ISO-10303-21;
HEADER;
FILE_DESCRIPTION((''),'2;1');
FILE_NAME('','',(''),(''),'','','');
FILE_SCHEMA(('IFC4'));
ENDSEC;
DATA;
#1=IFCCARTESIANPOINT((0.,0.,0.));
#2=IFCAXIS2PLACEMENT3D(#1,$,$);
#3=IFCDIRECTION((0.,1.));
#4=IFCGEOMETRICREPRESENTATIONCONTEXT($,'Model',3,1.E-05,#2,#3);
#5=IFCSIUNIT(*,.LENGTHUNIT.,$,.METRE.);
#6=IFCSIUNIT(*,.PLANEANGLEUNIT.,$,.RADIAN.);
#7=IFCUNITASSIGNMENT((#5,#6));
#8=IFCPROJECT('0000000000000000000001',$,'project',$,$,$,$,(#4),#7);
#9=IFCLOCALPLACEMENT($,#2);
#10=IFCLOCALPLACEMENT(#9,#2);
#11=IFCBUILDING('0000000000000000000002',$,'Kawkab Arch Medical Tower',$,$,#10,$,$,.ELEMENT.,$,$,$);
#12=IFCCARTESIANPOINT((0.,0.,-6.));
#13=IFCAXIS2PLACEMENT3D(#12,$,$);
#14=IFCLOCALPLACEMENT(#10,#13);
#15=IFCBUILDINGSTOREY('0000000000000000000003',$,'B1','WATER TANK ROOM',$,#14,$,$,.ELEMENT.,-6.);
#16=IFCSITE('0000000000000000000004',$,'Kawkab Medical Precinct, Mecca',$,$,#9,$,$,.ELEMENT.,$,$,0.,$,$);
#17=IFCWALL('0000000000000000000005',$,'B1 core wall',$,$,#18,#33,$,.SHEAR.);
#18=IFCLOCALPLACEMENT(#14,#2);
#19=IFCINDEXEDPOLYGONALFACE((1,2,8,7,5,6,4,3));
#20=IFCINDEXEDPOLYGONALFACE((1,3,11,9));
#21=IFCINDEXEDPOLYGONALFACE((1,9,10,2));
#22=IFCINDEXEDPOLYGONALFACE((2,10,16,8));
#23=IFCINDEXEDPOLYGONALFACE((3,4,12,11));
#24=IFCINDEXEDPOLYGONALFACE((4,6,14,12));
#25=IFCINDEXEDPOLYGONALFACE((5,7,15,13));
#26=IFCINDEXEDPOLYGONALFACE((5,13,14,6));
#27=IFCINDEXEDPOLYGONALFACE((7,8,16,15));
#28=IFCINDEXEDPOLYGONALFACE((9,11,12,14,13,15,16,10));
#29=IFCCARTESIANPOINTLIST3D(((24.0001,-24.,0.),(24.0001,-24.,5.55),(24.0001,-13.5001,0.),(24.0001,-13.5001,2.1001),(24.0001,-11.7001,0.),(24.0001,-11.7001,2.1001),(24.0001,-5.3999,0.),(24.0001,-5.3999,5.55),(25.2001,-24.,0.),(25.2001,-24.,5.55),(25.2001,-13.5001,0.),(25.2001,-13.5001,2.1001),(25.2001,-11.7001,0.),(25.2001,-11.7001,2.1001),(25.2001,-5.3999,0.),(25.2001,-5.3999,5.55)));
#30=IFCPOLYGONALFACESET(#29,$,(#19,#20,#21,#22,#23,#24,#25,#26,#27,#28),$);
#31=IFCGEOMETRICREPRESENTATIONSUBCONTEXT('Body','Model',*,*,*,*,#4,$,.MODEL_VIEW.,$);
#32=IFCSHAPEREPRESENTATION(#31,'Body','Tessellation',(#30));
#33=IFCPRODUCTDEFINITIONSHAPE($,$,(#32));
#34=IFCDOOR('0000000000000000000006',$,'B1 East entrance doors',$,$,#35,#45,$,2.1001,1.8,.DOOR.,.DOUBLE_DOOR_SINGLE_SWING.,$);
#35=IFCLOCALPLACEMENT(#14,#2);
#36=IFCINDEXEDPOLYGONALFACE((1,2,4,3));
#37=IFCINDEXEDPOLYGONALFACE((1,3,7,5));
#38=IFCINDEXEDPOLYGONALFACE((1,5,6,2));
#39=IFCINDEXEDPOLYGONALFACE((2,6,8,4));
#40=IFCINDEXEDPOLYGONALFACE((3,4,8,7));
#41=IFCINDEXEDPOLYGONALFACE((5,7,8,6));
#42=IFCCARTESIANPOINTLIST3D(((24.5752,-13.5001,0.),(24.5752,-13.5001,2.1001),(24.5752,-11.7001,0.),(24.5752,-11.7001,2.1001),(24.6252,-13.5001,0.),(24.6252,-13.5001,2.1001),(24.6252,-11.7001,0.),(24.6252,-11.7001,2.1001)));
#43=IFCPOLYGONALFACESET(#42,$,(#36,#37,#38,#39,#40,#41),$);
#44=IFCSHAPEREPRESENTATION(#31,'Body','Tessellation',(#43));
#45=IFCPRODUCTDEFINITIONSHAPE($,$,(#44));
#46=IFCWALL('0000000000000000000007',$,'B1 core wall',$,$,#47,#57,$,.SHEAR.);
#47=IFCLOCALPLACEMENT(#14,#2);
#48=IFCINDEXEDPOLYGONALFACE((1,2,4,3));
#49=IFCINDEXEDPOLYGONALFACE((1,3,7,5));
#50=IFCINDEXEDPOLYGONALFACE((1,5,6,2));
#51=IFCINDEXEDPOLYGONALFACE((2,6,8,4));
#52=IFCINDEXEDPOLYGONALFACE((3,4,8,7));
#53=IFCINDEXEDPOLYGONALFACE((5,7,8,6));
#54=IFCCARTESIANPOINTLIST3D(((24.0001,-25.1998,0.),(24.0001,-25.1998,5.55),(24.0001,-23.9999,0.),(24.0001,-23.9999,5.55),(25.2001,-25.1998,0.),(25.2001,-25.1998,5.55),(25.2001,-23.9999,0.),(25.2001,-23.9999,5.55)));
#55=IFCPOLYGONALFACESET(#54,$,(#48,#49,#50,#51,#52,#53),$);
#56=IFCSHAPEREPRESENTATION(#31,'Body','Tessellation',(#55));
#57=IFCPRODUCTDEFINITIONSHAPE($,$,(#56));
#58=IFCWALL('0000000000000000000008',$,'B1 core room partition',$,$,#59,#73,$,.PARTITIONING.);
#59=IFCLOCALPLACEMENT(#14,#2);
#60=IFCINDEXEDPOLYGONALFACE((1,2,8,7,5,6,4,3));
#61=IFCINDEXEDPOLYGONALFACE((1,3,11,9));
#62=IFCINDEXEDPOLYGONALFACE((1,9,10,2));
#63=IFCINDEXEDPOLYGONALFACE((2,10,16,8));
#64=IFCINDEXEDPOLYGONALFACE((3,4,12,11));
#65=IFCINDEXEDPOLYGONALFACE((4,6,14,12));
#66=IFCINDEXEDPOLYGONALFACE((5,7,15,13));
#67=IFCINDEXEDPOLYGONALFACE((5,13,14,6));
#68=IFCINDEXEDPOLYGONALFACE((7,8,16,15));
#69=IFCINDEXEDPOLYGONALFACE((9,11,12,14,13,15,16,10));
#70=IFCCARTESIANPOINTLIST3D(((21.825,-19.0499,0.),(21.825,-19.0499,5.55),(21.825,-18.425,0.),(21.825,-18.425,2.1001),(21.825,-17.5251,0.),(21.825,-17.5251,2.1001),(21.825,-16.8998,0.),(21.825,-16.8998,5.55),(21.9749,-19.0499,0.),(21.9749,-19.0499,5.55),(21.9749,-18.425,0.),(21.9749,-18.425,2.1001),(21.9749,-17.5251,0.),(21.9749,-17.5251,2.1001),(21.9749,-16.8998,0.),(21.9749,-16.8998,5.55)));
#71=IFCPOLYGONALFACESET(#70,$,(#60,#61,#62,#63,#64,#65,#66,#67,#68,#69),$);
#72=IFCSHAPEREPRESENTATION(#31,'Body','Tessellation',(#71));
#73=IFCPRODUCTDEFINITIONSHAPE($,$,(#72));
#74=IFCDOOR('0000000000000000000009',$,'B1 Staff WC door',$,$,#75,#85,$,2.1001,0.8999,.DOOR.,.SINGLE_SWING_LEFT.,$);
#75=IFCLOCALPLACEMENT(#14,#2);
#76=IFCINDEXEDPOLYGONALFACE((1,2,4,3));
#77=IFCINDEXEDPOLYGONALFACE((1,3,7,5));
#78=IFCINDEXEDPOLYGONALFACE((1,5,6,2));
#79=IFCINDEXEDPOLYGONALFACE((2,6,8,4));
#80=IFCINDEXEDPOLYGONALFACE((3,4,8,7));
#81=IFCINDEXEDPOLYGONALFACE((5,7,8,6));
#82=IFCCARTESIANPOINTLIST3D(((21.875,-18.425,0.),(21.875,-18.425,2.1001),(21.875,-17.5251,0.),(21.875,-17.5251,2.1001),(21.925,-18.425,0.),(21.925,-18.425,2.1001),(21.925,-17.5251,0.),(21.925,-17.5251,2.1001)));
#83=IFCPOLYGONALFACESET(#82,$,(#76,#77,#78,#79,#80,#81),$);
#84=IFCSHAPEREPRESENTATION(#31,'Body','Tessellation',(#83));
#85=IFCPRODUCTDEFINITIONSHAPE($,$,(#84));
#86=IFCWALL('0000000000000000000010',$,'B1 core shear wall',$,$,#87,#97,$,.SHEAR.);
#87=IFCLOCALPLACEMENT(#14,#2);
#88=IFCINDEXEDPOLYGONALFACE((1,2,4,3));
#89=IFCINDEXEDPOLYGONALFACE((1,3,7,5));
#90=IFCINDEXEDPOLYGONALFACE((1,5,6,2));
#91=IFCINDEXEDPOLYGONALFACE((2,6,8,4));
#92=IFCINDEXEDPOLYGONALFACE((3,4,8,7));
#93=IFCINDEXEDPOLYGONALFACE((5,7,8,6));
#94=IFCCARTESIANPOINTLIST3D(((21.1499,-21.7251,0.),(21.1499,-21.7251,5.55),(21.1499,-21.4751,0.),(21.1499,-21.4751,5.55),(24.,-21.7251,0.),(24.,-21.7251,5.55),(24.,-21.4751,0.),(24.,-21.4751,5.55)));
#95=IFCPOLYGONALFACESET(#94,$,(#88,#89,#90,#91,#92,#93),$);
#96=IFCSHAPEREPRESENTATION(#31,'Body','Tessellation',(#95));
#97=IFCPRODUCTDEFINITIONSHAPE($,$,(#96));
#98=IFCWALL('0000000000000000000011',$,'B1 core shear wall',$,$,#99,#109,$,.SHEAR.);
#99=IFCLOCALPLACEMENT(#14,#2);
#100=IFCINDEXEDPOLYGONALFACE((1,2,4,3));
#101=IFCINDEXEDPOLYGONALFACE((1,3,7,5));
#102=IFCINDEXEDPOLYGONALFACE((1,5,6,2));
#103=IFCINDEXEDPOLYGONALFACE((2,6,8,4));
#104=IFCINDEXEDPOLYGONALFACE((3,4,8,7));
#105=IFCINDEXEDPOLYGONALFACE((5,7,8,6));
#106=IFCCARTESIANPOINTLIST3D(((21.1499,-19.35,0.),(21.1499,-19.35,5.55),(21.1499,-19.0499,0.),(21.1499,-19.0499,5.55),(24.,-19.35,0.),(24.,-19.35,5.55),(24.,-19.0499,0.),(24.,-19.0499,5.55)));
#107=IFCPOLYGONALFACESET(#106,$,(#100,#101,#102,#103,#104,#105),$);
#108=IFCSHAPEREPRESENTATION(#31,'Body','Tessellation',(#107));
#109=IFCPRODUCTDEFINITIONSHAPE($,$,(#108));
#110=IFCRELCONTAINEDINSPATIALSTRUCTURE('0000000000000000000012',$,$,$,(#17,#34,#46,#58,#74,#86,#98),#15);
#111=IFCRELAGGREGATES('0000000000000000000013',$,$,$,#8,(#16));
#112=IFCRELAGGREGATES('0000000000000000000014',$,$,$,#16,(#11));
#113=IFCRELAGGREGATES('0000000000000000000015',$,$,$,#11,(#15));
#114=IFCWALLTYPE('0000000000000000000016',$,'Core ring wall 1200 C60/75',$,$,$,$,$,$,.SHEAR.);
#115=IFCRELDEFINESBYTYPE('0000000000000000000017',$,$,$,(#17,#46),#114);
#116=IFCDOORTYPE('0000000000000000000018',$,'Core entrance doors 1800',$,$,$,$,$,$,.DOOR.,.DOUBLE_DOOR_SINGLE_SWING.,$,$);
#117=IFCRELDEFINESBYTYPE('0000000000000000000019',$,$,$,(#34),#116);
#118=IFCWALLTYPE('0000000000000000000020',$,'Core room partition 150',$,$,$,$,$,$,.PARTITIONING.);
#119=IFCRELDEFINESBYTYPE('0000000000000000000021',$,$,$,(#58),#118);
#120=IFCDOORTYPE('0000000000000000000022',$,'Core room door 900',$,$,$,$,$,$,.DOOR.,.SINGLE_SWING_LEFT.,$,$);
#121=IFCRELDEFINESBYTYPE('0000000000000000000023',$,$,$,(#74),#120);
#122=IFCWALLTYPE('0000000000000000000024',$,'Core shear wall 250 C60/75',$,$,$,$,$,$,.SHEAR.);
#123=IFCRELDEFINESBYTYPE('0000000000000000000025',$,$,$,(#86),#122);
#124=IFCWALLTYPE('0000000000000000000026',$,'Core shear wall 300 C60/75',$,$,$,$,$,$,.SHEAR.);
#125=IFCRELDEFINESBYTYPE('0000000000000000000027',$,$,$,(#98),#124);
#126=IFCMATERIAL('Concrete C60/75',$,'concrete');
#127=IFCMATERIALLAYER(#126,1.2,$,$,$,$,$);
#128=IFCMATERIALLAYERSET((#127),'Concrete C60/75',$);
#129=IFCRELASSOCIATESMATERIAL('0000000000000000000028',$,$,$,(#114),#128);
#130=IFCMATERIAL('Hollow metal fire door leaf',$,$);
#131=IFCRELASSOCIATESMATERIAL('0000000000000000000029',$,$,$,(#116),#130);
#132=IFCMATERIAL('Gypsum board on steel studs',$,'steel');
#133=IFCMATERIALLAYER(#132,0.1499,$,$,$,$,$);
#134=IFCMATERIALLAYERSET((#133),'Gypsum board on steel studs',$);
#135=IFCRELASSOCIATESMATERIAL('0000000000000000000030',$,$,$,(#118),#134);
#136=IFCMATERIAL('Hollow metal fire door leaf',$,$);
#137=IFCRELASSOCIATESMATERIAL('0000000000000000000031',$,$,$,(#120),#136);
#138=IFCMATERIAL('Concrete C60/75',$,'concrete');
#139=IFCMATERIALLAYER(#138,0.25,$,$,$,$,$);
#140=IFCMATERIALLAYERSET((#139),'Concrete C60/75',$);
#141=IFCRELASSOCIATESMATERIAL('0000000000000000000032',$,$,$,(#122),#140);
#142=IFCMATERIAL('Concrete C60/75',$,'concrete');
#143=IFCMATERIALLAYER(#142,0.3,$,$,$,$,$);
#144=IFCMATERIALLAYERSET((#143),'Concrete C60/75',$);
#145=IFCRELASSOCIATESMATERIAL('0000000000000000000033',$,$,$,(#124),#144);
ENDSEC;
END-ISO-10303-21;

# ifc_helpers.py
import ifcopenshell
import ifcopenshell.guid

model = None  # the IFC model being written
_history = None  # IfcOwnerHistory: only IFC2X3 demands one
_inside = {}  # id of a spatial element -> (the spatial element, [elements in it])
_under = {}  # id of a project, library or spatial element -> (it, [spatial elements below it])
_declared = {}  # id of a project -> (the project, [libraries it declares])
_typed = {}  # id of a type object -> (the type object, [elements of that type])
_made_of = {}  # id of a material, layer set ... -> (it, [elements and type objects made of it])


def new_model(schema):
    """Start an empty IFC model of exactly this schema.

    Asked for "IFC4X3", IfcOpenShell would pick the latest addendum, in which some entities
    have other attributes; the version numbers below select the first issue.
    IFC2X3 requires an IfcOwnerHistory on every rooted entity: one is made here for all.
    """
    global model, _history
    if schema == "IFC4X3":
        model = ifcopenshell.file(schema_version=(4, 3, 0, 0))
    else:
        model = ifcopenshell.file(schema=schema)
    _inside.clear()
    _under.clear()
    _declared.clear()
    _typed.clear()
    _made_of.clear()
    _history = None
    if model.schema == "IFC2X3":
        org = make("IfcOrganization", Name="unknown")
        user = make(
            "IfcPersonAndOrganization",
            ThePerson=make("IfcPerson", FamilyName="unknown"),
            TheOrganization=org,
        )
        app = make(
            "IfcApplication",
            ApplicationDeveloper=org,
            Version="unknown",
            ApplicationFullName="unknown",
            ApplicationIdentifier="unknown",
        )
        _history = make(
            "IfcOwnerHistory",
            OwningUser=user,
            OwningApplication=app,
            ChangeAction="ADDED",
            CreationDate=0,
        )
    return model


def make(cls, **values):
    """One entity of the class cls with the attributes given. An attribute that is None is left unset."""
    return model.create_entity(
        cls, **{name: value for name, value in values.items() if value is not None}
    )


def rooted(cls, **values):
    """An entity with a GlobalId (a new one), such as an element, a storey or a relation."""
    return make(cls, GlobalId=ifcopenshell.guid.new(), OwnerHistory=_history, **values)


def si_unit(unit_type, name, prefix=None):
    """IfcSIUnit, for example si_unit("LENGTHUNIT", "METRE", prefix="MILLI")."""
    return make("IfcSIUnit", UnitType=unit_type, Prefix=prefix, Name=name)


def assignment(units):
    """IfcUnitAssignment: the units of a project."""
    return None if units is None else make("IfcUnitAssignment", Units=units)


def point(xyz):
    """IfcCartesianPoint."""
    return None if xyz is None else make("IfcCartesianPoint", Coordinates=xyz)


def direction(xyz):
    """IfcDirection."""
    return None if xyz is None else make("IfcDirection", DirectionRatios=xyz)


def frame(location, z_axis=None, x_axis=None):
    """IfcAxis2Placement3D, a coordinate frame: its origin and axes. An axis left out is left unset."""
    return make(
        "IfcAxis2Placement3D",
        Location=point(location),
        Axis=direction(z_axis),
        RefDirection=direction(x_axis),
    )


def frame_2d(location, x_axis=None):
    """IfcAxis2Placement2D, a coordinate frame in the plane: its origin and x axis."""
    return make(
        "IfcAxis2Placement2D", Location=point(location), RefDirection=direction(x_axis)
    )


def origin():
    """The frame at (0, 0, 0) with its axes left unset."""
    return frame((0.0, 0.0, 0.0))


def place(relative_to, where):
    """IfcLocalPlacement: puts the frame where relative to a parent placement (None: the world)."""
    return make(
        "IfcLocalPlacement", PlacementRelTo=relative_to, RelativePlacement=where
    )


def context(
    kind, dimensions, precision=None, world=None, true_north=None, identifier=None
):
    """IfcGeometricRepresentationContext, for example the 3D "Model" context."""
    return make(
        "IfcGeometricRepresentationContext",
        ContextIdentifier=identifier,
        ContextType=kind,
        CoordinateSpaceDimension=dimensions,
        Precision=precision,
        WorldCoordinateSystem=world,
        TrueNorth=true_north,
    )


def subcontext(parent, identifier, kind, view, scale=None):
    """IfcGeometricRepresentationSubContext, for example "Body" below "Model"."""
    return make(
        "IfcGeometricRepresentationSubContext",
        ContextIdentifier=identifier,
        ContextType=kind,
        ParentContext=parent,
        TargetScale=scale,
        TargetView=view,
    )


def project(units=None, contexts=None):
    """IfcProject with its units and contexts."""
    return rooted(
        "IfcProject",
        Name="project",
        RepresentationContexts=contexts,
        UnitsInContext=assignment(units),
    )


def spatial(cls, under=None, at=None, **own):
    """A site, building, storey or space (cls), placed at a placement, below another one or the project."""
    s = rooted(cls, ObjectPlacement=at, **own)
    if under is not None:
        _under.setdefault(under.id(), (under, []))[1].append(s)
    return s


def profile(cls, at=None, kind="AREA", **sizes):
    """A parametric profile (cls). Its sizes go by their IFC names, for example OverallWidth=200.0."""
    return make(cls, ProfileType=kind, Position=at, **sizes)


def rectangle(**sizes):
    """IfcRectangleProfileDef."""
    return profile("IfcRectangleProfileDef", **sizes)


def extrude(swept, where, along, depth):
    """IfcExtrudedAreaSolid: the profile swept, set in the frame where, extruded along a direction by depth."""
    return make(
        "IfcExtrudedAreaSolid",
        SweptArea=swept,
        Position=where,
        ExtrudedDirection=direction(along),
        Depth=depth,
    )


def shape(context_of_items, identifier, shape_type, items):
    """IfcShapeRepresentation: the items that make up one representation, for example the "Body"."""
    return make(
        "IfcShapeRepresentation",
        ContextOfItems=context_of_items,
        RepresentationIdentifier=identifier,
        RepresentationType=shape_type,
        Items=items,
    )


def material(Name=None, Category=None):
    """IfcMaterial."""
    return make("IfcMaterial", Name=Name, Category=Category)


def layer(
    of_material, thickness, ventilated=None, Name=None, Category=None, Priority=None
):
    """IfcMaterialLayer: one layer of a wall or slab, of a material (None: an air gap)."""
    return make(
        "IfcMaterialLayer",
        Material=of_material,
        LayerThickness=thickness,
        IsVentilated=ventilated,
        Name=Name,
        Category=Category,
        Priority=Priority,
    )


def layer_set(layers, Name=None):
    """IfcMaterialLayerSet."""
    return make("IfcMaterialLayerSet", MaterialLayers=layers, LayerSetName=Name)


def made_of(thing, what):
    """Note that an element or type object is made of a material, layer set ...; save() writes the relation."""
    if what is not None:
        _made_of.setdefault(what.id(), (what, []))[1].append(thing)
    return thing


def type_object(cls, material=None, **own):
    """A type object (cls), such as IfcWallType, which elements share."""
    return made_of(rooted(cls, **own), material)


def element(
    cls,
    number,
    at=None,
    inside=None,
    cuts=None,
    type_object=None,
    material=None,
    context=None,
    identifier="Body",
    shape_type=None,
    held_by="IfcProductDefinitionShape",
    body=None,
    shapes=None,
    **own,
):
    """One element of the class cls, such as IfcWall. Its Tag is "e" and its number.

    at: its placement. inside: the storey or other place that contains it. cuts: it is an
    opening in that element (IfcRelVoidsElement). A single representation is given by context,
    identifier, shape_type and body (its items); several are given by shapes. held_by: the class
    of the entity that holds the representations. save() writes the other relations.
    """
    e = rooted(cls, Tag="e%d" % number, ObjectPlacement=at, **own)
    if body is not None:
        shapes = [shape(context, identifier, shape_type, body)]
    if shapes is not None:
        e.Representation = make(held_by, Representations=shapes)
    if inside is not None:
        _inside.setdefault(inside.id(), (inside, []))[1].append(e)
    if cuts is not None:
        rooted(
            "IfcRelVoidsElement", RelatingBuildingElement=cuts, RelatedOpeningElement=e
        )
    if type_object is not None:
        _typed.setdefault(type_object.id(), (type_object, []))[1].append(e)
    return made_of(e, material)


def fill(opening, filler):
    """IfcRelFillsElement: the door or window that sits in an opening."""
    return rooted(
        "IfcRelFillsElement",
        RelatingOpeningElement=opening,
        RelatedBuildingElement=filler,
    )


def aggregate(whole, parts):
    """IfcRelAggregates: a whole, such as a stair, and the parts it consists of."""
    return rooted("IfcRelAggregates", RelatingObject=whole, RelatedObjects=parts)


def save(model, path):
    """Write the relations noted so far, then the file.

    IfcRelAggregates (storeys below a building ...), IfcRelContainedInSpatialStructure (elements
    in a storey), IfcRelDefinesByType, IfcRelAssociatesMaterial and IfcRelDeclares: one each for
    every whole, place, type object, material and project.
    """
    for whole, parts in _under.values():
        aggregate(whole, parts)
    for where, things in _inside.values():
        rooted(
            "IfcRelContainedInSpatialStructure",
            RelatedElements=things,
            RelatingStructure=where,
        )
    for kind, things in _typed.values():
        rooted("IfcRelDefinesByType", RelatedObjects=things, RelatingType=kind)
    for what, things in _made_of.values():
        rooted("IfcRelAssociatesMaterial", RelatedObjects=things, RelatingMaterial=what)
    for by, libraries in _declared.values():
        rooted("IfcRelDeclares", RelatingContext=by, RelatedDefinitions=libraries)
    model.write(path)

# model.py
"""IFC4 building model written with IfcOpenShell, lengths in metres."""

from ifc_helpers import new_model, si_unit, direction, frame, frame_2d, origin, place, context, subcontext, project, spatial, rectangle, extrude, material, layer, layer_set, type_object, element, fill, save


model = new_model("IFC4")

# Units and contexts
model_context = context("Model", 3, precision=1e-05, world=origin(), true_north=direction((0.0, 1.0)))
body_context = subcontext(model_context, "Body", "Model", "MODEL_VIEW")
ifc_project = project(units=[si_unit("LENGTHUNIT", "METRE"), si_unit("PLANEANGLEUNIT", "RADIAN")], contexts=[model_context])

# Site, building, storey
site_placement = place(None, origin())
site = spatial("IfcSite", under=ifc_project, at=site_placement, Name="Kawkab Medical Precinct, Mecca", CompositionType="ELEMENT", RefElevation=0.0)
building_placement = place(site_placement, origin())
building = spatial("IfcBuilding", under=site, at=building_placement, Name="Kawkab Arch Medical Tower", CompositionType="ELEMENT")
storey_placement = place(building_placement, frame((0.0, 0.0, -6.0)))
storey = spatial("IfcBuildingStorey", under=building, at=storey_placement, Name="B1", Description="WATER TANK ROOM", CompositionType="ELEMENT", Elevation=-6.0)

# Wall, opening, door
ifc_material_1 = material(Name="Concrete C60/75", Category="concrete")
ifc_layer_1 = layer(ifc_material_1, 1.2)
ifc_layer_set_1 = layer_set([ifc_layer_1], Name="Concrete C60/75")
wall_type_1 = type_object("IfcWallType", Name="Core ring wall 1200 C60/75", PredefinedType="SHEAR", material=ifc_layer_set_1)
wall_1_placement = place(storey_placement, frame((24.6001, -24.0, 0.0), z_axis=(0.0, 0.0, 1.0), x_axis=(0.0, 1.0, 0.0)))
wall_1 = element("IfcWall", 1, at=wall_1_placement, inside=storey, type_object=wall_type_1, Name="B1 core wall", PredefinedType="SHEAR", context=body_context, shape_type="SweptSolid", body=[
    extrude(rectangle(XDim=18.6001, YDim=1.2, at=frame_2d((9.3, 0.0))), origin(), (0.0, 0.0, 1.0), 5.55),
])
opening_1_placement = place(wall_1_placement, frame((10.5, 0.0, 0.0)))
opening_1 = element("IfcOpeningElement", 2, at=opening_1_placement, cuts=wall_1, PredefinedType="OPENING", context=body_context, shape_type="SweptSolid", body=[
    extrude(rectangle(XDim=1.8, YDim=2.1001, at=frame_2d((0.8999, 1.05))), frame((0.0, 0.6099, 0.0), z_axis=(0.0, -1.0, 0.0), x_axis=(1.0, 0.0, 0.0)), (0.0, 0.0, 1.0), 1.22),
])
ifc_material_2 = material(Name="Hollow metal fire door leaf")
door_type_1 = type_object("IfcDoorType", Name="Core entrance doors 1800", OperationType="DOUBLE_DOOR_SINGLE_SWING", PredefinedType="DOOR", material=ifc_material_2)
door_1_placement = place(opening_1_placement, origin())
door_1 = element("IfcDoor", 3, at=door_1_placement, inside=storey, type_object=door_type_1, Name="B1 East entrance doors", OperationType="DOUBLE_DOOR_SINGLE_SWING", OverallHeight=2.1001, OverallWidth=1.8, PredefinedType="DOOR", context=body_context, shape_type="SweptSolid", body=[
    extrude(rectangle(XDim=1.8, YDim=2.1001, at=frame_2d((0.8999, 1.05))), frame((0.0, 0.0249, 0.0), z_axis=(0.0, -1.0, 0.0), x_axis=(1.0, 0.0, 0.0)), (0.0, 0.0, 1.0), 0.05),
])
fill(opening_1, door_1)

# Wall
wall_2_placement = place(storey_placement, frame((24.6001, -25.2, 0.0), z_axis=(0.0, 0.0, 1.0), x_axis=(0.0, 1.0, 0.0)))
element("IfcWall", 4, at=wall_2_placement, inside=storey, type_object=wall_type_1, Name="B1 core wall", PredefinedType="SHEAR", context=body_context, shape_type="SweptSolid", body=[
    extrude(rectangle(XDim=1.2, YDim=1.2, at=frame_2d((0.6001, 0.0))), origin(), (0.0, 0.0, 1.0), 5.55),
])

# Wall, opening, door
ifc_material_3 = material(Name="Gypsum board on steel studs", Category="steel")
ifc_layer_2 = layer(ifc_material_3, 0.1499)
ifc_layer_set_2 = layer_set([ifc_layer_2], Name="Gypsum board on steel studs")
wall_type_2 = type_object("IfcWallType", Name="Core room partition 150", PredefinedType="PARTITIONING", material=ifc_layer_set_2)
wall_3_placement = place(storey_placement, frame((21.8999, -19.05, 0.0), z_axis=(0.0, 0.0, 1.0), x_axis=(0.0, 1.0, 0.0)))
wall_3 = element("IfcWall", 5, at=wall_3_placement, inside=storey, type_object=wall_type_2, Name="B1 core room partition", PredefinedType="PARTITIONING", context=body_context, shape_type="SweptSolid", body=[
    extrude(rectangle(XDim=2.1501, YDim=0.1499, at=frame_2d((1.0752, 0.0))), origin(), (0.0, 0.0, 1.0), 5.55),
])
opening_2_placement = place(wall_3_placement, frame((0.625, 0.0, 0.0)))
opening_2 = element("IfcOpeningElement", 6, at=opening_2_placement, cuts=wall_3, PredefinedType="OPENING", context=body_context, shape_type="SweptSolid", body=[
    extrude(rectangle(XDim=0.8999, YDim=2.1001, at=frame_2d((0.45, 1.05))), frame((0.0, 0.085, 0.0), z_axis=(0.0, -1.0, 0.0), x_axis=(1.0, 0.0, 0.0)), (0.0, 0.0, 1.0), 0.1699),
])
ifc_material_4 = material(Name="Hollow metal fire door leaf")
door_type_2 = type_object("IfcDoorType", Name="Core room door 900", OperationType="SINGLE_SWING_LEFT", PredefinedType="DOOR", material=ifc_material_4)
door_2_placement = place(opening_2_placement, origin())
door_2 = element("IfcDoor", 7, at=door_2_placement, inside=storey, type_object=door_type_2, Name="B1 Staff WC door", OperationType="SINGLE_SWING_LEFT", OverallHeight=2.1001, OverallWidth=0.8999, PredefinedType="DOOR", context=body_context, shape_type="SweptSolid", body=[
    extrude(rectangle(XDim=0.8999, YDim=2.1001, at=frame_2d((0.45, 1.05))), frame((0.0, 0.0249, 0.0), z_axis=(0.0, -1.0, 0.0), x_axis=(1.0, 0.0, 0.0)), (0.0, 0.0, 1.0), 0.05),
])
fill(opening_2, door_2)

# Walls
ifc_material_5 = material(Name="Concrete C60/75", Category="concrete")
ifc_layer_3 = layer(ifc_material_5, 0.25)
ifc_layer_set_3 = layer_set([ifc_layer_3], Name="Concrete C60/75")
wall_type_3 = type_object("IfcWallType", Name="Core shear wall 250 C60/75", PredefinedType="SHEAR", material=ifc_layer_set_3)
wall_4_placement = place(storey_placement, frame((21.1499, -21.6001, 0.0), z_axis=(0.0, 0.0, 1.0), x_axis=(1.0, 0.0, 0.0)))
element("IfcWall", 8, at=wall_4_placement, inside=storey, type_object=wall_type_3, Name="B1 core shear wall", PredefinedType="SHEAR", context=body_context, shape_type="SweptSolid", body=[
    extrude(rectangle(XDim=2.8501, YDim=0.25, at=frame_2d((1.425, 0.0))), origin(), (0.0, 0.0, 1.0), 5.55),
])
ifc_material_6 = material(Name="Concrete C60/75", Category="concrete")
ifc_layer_4 = layer(ifc_material_6, 0.3)
ifc_layer_set_4 = layer_set([ifc_layer_4], Name="Concrete C60/75")
wall_type_4 = type_object("IfcWallType", Name="Core shear wall 300 C60/75", PredefinedType="SHEAR", material=ifc_layer_set_4)
wall_5_placement = place(storey_placement, frame((21.1499, -19.2, 0.0), z_axis=(0.0, 0.0, 1.0), x_axis=(1.0, 0.0, 0.0)))
element("IfcWall", 9, at=wall_5_placement, inside=storey, type_object=wall_type_4, Name="B1 core shear wall", PredefinedType="SHEAR", context=body_context, shape_type="SweptSolid", body=[
    extrude(rectangle(XDim=2.8501, YDim=0.3, at=frame_2d((1.425, 0.0))), origin(), (0.0, 0.0, 1.0), 5.55),
])

save(model, "model.ifc")
